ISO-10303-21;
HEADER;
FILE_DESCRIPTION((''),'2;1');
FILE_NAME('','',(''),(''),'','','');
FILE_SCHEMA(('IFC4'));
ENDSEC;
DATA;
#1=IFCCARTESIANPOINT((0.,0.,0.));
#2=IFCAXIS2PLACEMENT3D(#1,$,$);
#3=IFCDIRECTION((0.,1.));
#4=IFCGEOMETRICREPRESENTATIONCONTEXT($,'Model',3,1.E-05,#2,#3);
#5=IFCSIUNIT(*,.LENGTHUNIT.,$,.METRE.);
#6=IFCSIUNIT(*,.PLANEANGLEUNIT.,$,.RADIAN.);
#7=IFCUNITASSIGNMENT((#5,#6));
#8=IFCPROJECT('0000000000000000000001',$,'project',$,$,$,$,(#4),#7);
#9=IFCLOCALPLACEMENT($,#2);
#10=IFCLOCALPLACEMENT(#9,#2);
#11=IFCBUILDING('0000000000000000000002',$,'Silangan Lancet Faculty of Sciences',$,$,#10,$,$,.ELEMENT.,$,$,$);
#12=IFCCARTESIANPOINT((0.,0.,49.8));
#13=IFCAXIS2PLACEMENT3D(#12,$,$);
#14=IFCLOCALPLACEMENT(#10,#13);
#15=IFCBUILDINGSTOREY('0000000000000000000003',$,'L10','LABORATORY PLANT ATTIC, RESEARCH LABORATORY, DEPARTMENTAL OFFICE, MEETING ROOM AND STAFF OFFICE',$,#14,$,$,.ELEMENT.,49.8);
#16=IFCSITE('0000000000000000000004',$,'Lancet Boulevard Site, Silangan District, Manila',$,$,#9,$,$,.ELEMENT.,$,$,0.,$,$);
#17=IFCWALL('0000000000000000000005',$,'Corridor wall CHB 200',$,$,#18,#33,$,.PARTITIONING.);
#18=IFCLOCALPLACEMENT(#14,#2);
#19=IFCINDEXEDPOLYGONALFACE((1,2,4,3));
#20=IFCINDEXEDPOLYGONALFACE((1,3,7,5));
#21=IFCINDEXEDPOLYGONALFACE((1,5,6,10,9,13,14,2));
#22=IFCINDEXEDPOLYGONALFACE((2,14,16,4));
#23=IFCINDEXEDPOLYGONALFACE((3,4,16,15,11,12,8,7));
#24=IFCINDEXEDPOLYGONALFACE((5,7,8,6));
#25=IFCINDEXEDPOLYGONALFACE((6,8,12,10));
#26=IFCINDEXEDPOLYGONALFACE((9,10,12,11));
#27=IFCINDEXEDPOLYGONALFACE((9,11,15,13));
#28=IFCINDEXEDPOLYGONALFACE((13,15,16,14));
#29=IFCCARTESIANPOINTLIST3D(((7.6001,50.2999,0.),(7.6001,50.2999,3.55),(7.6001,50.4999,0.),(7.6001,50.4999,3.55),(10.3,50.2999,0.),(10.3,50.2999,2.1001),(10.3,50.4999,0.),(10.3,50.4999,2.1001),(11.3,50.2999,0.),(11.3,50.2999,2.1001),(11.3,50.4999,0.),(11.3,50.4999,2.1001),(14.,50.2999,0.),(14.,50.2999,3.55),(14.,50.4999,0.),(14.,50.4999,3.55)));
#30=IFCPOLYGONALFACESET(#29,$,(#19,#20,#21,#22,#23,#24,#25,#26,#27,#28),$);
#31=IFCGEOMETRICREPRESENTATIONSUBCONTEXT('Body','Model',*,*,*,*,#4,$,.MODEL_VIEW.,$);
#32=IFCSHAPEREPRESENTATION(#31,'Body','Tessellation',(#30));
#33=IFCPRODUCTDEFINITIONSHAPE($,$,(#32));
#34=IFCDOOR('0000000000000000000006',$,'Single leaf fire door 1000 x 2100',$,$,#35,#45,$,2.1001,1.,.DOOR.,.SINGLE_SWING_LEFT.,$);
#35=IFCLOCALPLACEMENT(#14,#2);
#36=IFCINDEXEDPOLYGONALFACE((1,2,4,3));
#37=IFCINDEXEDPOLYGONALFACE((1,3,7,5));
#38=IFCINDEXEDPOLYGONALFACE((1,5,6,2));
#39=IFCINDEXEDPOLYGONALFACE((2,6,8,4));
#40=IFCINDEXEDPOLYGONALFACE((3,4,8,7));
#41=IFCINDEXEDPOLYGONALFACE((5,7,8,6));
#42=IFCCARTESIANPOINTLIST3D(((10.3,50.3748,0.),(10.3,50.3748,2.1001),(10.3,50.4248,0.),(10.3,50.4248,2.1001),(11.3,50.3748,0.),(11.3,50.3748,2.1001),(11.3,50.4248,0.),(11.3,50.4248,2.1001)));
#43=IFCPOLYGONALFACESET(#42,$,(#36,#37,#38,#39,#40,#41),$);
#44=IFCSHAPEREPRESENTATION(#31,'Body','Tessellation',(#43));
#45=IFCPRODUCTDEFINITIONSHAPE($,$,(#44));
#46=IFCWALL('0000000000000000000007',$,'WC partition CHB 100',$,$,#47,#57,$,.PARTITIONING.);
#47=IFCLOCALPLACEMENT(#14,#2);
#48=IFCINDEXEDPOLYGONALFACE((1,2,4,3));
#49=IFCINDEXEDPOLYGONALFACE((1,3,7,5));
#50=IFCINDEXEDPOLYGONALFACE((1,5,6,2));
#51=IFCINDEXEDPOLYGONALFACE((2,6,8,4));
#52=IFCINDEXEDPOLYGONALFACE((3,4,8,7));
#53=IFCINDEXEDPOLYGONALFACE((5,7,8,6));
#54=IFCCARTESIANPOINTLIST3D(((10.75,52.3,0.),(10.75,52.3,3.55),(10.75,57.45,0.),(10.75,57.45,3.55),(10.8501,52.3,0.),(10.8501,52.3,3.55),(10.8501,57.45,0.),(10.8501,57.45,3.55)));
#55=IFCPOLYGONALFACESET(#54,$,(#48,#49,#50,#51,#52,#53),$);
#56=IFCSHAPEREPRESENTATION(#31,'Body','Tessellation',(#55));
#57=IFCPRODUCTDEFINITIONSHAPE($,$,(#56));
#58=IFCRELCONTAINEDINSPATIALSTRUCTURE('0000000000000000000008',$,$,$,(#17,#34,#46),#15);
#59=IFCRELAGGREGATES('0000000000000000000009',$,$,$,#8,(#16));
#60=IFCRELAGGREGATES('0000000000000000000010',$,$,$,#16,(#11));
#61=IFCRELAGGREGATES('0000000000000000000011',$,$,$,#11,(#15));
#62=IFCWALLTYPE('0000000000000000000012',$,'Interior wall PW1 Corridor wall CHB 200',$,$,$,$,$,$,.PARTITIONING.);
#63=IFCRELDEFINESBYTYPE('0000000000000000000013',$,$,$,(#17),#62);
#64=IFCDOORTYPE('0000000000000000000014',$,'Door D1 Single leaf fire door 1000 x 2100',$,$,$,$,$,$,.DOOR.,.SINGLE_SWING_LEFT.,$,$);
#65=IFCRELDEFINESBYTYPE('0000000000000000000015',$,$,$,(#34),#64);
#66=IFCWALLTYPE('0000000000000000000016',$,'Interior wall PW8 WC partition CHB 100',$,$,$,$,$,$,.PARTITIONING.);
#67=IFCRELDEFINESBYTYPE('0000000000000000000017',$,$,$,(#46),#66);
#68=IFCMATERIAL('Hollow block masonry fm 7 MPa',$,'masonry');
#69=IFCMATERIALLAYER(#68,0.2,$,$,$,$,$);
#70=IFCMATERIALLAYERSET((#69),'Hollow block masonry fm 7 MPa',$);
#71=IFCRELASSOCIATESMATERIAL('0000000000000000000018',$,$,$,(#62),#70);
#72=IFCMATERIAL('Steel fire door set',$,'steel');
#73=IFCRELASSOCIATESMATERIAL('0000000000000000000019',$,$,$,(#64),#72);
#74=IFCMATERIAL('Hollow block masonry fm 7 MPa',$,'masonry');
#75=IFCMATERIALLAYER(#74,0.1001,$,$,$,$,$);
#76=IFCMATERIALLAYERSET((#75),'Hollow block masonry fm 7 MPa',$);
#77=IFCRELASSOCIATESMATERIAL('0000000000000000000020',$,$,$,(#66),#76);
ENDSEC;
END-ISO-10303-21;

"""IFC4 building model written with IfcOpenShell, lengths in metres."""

from ifc_helpers import new_model, si_unit, direction, frame, frame_2d, origin, place, context, subcontext, project, spatial, rectangle, extrude, material, layer, layer_set, type_object, element, fill, save


model = new_model("IFC4")

# Units and contexts
model_context = context("Model", 3, precision=1e-05, world=origin(), true_north=direction((0.0, 1.0)))
body_context = subcontext(model_context, "Body", "Model", "MODEL_VIEW")
ifc_project = project(units=[si_unit("LENGTHUNIT", "METRE"), si_unit("PLANEANGLEUNIT", "RADIAN")], contexts=[model_context])

# Site, building, storey
site_placement = place(None, origin())
site = spatial("IfcSite", under=ifc_project, at=site_placement, Name="Lancet Boulevard Site, Silangan District, Manila", CompositionType="ELEMENT", RefElevation=0.0)
building_placement = place(site_placement, origin())
building = spatial("IfcBuilding", under=site, at=building_placement, Name="Silangan Lancet Faculty of Sciences", CompositionType="ELEMENT")
storey_placement = place(building_placement, frame((0.0, 0.0, 49.8)))
storey = spatial("IfcBuildingStorey", under=building, at=storey_placement, Name="L10", Description="LABORATORY PLANT ATTIC, RESEARCH LABORATORY, DEPARTMENTAL OFFICE, MEETING ROOM AND STAFF OFFICE", CompositionType="ELEMENT", Elevation=49.8)

# Wall, opening, door
ifc_material_1 = material(Name="Hollow block masonry fm 7 MPa", Category="masonry")
ifc_layer_1 = layer(ifc_material_1, 0.2)
ifc_layer_set_1 = layer_set([ifc_layer_1], Name="Hollow block masonry fm 7 MPa")
wall_type_1 = type_object("IfcWallType", Name="Interior wall PW1 Corridor wall CHB 200", PredefinedType="PARTITIONING", material=ifc_layer_set_1)
wall_1_placement = place(storey_placement, frame((7.6001, 50.3999, 0.0), z_axis=(0.0, 0.0, 1.0), x_axis=(1.0, 0.0, 0.0)))
wall_1 = element("IfcWall", 1, at=wall_1_placement, inside=storey, type_object=wall_type_1, Name="Corridor wall CHB 200", PredefinedType="PARTITIONING", context=body_context, shape_type="SweptSolid", body=[
    extrude(rectangle(XDim=6.3999, YDim=0.2, at=frame_2d((3.2, 0.0))), origin(), (0.0, 0.0, 1.0), 3.55),
])
opening_1_placement = place(wall_1_placement, frame((2.7, 0.0, 0.0)))
opening_1 = element("IfcOpeningElement", 2, at=opening_1_placement, cuts=wall_1, PredefinedType="OPENING", context=body_context, shape_type="SweptSolid", body=[
    extrude(rectangle(XDim=1.0, YDim=2.1001, at=frame_2d((0.5, 1.05))), frame((0.0, 0.1099, 0.0), z_axis=(0.0, -1.0, 0.0), x_axis=(1.0, 0.0, 0.0)), (0.0, 0.0, 1.0), 0.22),
])
ifc_material_2 = material(Name="Steel fire door set", Category="steel")
door_type = type_object("IfcDoorType", Name="Door D1 Single leaf fire door 1000 x 2100", OperationType="SINGLE_SWING_LEFT", PredefinedType="DOOR", material=ifc_material_2)
door_placement = place(opening_1_placement, origin())
door = element("IfcDoor", 3, at=door_placement, inside=storey, type_object=door_type, Name="Single leaf fire door 1000 x 2100", OperationType="SINGLE_SWING_LEFT", OverallHeight=2.1001, OverallWidth=1.0, PredefinedType="DOOR", context=body_context, shape_type="SweptSolid", body=[
    extrude(rectangle(XDim=1.0, YDim=2.1001, at=frame_2d((0.5, 1.05))), frame((0.0, 0.0249, 0.0), z_axis=(0.0, -1.0, 0.0), x_axis=(1.0, 0.0, 0.0)), (0.0, 0.0, 1.0), 0.05),
])
fill(opening_1, door)

# Wall
ifc_material_3 = material(Name="Hollow block masonry fm 7 MPa", Category="masonry")
ifc_layer_2 = layer(ifc_material_3, 0.1001)
ifc_layer_set_2 = layer_set([ifc_layer_2], Name="Hollow block masonry fm 7 MPa")
wall_type_2 = type_object("IfcWallType", Name="Interior wall PW8 WC partition CHB 100", PredefinedType="PARTITIONING", material=ifc_layer_set_2)
wall_2_placement = place(storey_placement, frame((10.8, 52.3, 0.0), z_axis=(0.0, 0.0, 1.0), x_axis=(0.0, 1.0, 0.0)))
element("IfcWall", 4, at=wall_2_placement, inside=storey, type_object=wall_type_2, Name="WC partition CHB 100", PredefinedType="PARTITIONING", context=body_context, shape_type="SweptSolid", body=[
    extrude(rectangle(XDim=5.1499, YDim=0.1001, at=frame_2d((2.575, 0.0))), origin(), (0.0, 0.0, 1.0), 3.55),
])

save(model, "model.ifc")
